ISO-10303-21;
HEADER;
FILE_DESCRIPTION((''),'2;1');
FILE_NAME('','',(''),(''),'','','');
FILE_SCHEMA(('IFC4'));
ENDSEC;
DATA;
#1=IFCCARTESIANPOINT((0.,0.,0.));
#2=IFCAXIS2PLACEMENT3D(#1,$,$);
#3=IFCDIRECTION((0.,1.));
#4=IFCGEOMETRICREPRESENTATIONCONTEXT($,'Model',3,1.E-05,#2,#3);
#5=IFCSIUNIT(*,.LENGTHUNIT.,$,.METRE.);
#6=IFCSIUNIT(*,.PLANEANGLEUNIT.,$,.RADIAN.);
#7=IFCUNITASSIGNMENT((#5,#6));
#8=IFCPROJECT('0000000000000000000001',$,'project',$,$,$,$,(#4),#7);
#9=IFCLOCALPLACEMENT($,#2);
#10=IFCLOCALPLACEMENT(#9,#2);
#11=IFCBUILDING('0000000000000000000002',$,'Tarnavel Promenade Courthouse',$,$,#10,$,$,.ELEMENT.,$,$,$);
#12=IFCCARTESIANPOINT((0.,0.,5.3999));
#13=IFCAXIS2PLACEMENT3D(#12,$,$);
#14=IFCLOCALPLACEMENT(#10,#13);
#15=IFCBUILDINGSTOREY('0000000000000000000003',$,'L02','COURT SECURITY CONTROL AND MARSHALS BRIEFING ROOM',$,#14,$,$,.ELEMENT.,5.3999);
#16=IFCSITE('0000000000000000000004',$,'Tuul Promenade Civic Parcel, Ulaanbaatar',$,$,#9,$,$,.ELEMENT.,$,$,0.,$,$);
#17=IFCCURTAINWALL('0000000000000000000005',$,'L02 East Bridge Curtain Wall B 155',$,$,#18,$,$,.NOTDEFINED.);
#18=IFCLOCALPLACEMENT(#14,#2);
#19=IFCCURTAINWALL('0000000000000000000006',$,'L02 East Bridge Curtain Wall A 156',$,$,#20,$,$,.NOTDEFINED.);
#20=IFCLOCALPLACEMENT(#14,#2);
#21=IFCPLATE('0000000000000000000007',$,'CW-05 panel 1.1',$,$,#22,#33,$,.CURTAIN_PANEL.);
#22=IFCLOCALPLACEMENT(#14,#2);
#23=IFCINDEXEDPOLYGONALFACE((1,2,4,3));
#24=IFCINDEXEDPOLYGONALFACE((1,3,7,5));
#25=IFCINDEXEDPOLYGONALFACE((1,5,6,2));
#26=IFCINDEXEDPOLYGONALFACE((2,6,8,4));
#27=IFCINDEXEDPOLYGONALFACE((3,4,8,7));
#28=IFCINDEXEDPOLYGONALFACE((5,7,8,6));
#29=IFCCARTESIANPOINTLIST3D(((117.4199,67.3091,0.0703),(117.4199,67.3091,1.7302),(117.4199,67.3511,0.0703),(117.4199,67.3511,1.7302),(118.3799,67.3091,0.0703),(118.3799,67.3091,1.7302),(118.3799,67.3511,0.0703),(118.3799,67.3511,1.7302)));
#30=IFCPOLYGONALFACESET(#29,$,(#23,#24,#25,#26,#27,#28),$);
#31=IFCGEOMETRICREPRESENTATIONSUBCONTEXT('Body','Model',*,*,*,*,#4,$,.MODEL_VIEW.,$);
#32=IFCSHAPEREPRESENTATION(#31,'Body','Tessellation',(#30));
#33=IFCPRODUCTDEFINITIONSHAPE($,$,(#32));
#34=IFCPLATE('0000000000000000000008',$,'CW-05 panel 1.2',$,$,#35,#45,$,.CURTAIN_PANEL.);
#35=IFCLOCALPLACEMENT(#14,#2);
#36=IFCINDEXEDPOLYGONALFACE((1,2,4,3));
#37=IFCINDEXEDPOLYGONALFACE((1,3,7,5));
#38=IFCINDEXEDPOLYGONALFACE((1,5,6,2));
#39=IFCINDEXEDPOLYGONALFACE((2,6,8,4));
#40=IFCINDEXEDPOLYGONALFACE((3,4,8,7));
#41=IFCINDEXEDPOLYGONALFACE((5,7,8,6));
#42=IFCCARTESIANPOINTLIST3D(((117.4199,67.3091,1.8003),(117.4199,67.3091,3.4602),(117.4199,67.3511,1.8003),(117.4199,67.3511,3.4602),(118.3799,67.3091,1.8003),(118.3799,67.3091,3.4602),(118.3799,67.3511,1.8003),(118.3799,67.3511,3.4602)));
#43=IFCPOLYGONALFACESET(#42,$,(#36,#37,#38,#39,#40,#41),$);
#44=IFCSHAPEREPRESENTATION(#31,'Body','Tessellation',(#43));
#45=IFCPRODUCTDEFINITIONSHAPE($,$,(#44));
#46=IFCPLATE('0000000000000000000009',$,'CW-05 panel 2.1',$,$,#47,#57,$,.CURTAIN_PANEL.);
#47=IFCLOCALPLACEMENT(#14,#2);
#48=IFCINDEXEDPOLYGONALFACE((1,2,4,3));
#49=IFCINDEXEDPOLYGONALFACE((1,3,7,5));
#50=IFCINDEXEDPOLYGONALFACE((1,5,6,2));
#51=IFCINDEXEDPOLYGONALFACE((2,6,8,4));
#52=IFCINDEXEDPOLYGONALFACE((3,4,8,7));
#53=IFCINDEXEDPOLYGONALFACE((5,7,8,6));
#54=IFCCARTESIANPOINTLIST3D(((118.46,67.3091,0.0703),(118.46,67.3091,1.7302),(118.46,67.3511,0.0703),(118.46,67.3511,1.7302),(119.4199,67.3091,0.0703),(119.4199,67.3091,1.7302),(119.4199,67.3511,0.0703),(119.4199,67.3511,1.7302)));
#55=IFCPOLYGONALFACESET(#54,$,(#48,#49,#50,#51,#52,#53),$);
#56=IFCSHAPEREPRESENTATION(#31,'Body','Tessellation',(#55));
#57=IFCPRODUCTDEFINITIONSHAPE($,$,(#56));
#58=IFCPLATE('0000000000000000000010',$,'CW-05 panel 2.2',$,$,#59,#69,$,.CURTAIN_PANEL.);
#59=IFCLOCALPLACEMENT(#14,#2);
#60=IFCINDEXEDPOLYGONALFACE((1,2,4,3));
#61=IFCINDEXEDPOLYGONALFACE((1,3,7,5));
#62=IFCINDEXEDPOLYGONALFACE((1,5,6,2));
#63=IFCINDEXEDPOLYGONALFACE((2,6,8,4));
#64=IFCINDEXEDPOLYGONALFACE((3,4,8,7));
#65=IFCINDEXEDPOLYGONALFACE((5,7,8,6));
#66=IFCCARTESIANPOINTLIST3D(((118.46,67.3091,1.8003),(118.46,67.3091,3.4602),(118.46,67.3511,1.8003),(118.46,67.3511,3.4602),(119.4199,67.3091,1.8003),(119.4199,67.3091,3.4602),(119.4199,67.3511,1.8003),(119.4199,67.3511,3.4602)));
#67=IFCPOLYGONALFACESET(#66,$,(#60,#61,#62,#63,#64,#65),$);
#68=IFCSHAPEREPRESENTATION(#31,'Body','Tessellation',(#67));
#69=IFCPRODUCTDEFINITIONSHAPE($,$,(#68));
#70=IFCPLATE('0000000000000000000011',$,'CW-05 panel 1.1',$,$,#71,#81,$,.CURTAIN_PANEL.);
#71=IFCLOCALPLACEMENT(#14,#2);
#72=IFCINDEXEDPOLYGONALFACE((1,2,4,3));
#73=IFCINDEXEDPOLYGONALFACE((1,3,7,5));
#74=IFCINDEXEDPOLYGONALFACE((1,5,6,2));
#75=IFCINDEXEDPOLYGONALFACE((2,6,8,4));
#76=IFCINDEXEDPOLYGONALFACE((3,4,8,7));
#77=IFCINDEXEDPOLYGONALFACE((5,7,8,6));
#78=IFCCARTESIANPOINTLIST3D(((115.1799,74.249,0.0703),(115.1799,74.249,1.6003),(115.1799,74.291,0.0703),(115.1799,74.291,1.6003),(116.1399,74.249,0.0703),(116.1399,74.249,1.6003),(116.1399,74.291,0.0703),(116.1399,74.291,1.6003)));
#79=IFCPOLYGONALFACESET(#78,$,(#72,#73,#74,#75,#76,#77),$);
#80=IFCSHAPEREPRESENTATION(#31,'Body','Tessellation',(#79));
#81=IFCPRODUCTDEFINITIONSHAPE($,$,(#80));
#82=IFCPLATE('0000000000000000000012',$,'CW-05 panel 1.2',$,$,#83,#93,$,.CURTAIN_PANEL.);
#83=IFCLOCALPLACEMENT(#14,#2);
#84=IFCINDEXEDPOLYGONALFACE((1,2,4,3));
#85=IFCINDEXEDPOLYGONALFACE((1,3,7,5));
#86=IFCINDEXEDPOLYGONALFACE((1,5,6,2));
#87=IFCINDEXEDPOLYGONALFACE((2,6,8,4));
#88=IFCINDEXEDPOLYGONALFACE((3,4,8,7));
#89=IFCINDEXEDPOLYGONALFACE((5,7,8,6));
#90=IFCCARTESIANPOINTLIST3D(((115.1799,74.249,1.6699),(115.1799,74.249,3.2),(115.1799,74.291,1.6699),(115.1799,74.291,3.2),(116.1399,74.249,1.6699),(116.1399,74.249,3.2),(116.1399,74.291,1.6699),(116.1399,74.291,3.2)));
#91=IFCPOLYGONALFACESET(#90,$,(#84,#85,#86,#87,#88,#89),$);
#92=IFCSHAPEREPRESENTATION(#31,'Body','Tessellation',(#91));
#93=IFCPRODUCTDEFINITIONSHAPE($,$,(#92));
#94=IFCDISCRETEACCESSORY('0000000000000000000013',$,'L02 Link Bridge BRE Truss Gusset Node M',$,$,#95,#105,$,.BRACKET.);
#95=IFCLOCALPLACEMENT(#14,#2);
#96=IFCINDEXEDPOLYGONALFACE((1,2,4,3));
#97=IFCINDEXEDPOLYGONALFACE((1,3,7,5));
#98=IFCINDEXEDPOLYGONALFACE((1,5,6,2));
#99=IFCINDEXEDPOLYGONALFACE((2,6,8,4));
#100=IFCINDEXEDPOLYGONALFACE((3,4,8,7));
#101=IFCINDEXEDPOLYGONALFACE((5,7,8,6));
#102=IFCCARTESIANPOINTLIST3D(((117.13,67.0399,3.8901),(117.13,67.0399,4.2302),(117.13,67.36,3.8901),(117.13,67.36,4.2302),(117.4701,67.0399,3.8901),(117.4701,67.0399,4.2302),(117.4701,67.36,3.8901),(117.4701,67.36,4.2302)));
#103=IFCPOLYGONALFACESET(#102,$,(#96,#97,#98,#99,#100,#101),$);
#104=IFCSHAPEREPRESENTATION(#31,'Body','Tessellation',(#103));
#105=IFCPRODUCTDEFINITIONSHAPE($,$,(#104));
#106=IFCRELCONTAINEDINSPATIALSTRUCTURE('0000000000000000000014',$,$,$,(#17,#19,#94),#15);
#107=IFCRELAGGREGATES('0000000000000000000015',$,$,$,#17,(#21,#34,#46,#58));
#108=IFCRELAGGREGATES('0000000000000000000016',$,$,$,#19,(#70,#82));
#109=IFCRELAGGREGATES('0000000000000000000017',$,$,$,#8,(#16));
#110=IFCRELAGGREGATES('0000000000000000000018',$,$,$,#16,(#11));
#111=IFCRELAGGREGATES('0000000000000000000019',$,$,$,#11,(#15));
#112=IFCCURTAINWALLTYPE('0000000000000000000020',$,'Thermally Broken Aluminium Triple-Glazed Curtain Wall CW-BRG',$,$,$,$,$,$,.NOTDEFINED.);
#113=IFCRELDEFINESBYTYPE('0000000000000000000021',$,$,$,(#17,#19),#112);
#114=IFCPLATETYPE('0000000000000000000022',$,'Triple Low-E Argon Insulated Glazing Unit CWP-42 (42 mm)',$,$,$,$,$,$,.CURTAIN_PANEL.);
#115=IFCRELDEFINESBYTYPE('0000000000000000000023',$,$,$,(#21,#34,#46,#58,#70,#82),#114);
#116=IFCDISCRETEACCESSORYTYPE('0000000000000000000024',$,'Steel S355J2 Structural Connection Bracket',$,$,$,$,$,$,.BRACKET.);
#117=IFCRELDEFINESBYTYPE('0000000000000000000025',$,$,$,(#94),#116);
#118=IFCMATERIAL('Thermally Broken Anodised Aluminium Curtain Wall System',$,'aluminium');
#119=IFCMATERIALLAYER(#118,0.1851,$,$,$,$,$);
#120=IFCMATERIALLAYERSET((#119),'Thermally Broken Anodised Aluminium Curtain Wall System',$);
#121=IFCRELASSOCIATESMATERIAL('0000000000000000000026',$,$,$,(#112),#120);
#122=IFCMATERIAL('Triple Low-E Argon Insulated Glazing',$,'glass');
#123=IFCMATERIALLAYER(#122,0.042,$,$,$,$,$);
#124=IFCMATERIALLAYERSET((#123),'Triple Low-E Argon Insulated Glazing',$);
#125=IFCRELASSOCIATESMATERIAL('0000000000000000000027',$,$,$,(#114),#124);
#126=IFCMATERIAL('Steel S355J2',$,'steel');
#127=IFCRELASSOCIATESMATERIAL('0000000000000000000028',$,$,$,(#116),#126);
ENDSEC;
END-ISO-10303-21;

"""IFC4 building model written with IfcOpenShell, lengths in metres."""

from ifc_helpers import new_model, si_unit, direction, frame, origin, origin_2d, place, context, subcontext, project, spatial, rectangle, extrude, material, layer, layer_set, type_object, element, aggregate, save


model = new_model("IFC4")

# Units and contexts
model_context = context("Model", 3, precision=1e-05, world=origin(), true_north=direction((0.0, 1.0)))
body_context = subcontext(model_context, "Body", "Model", "MODEL_VIEW")
ifc_project = project(units=[si_unit("LENGTHUNIT", "METRE"), si_unit("PLANEANGLEUNIT", "RADIAN")], contexts=[model_context])

# Site, building, storey
site_placement = place(None, origin())
site = spatial("IfcSite", under=ifc_project, at=site_placement, Name="Tuul Promenade Civic Parcel, Ulaanbaatar", CompositionType="ELEMENT", RefElevation=0.0)
building_placement = place(site_placement, origin())
building = spatial("IfcBuilding", under=site, at=building_placement, Name="Tarnavel Promenade Courthouse", CompositionType="ELEMENT")
storey_placement = place(building_placement, frame((0.0, 0.0, 5.3999)))
storey = spatial("IfcBuildingStorey", under=building, at=storey_placement, Name="L02", Description="COURT SECURITY CONTROL AND MARSHALS BRIEFING ROOM", CompositionType="ELEMENT", Elevation=5.3999)

# Shared definitions
ifc_material_1 = material(Name="Steel S355J2", Category="steel")

# Curtain wall
ifc_material_2 = material(Name="Thermally Broken Anodised Aluminium Curtain Wall System", Category="aluminium")
ifc_layer_1 = layer(ifc_material_2, 0.1851)
ifc_layer_set_1 = layer_set([ifc_layer_1], Name="Thermally Broken Anodised Aluminium Curtain Wall System")
curtain_wall_type = type_object("IfcCurtainWallType", Name="Thermally Broken Aluminium Triple-Glazed Curtain Wall CW-BRG", PredefinedType="NOTDEFINED", material=ifc_layer_set_1)
curtain_wall_1_placement = place(storey_placement, origin())
curtain_wall_1 = element("IfcCurtainWall", 1, at=curtain_wall_1_placement, inside=storey, type_object=curtain_wall_type, Name="L02 East Bridge Curtain Wall B 155", PredefinedType="NOTDEFINED")

# Curtain wall
curtain_wall_2_placement = place(storey_placement, origin())
curtain_wall_2 = element("IfcCurtainWall", 2, at=curtain_wall_2_placement, inside=storey, type_object=curtain_wall_type, Name="L02 East Bridge Curtain Wall A 156", PredefinedType="NOTDEFINED")

# Plates
ifc_material_3 = material(Name="Triple Low-E Argon Insulated Glazing", Category="glass")
ifc_layer_2 = layer(ifc_material_3, 0.042)
ifc_layer_set_2 = layer_set([ifc_layer_2], Name="Triple Low-E Argon Insulated Glazing")
plate_type = type_object("IfcPlateType", Name="Triple Low-E Argon Insulated Glazing Unit CWP-42 (42 mm)", PredefinedType="CURTAIN_PANEL", material=ifc_layer_set_2)
plate_1_placement = place(storey_placement, frame((117.8999, 67.3301, 0.0703), z_axis=(0.0, 0.0, 1.0), x_axis=(1.0, 0.0, 0.0)))
plate_1 = element("IfcPlate", 3, at=plate_1_placement, type_object=plate_type, Name="CW-05 panel 1.1", PredefinedType="CURTAIN_PANEL", context=body_context, shape_type="SweptSolid", body=[
    extrude(rectangle(XDim=0.96, YDim=0.042, at=origin_2d()), origin(), (0.0, 0.0, 1.0), 1.6599),
])
plate_2_placement = place(storey_placement, frame((117.8999, 67.3301, 1.8003), z_axis=(0.0, 0.0, 1.0), x_axis=(1.0, 0.0, 0.0)))
plate_2 = element("IfcPlate", 4, at=plate_2_placement, type_object=plate_type, Name="CW-05 panel 1.2", PredefinedType="CURTAIN_PANEL", context=body_context, shape_type="SweptSolid", body=[
    extrude(rectangle(XDim=0.96, YDim=0.042, at=origin_2d()), origin(), (0.0, 0.0, 1.0), 1.6599),
])
plate_3_placement = place(storey_placement, frame((118.9399, 67.3301, 0.0703), z_axis=(0.0, 0.0, 1.0), x_axis=(1.0, 0.0, 0.0)))
plate_3 = element("IfcPlate", 5, at=plate_3_placement, type_object=plate_type, Name="CW-05 panel 2.1", PredefinedType="CURTAIN_PANEL", context=body_context, shape_type="SweptSolid", body=[
    extrude(rectangle(XDim=0.96, YDim=0.042, at=origin_2d()), origin(), (0.0, 0.0, 1.0), 1.6599),
])
plate_4_placement = place(storey_placement, frame((118.9399, 67.3301, 1.8003), z_axis=(0.0, 0.0, 1.0), x_axis=(1.0, 0.0, 0.0)))
plate_4 = element("IfcPlate", 6, at=plate_4_placement, type_object=plate_type, Name="CW-05 panel 2.2", PredefinedType="CURTAIN_PANEL", context=body_context, shape_type="SweptSolid", body=[
    extrude(rectangle(XDim=0.96, YDim=0.042, at=origin_2d()), origin(), (0.0, 0.0, 1.0), 1.6599),
])
aggregate(curtain_wall_1, [plate_1, plate_2, plate_3, plate_4])
plate_5_placement = place(storey_placement, frame((115.6599, 74.27, 0.0703), z_axis=(0.0, 0.0, 1.0), x_axis=(1.0, 0.0, 0.0)))
plate_5 = element("IfcPlate", 7, at=plate_5_placement, type_object=plate_type, Name="CW-05 panel 1.1", PredefinedType="CURTAIN_PANEL", context=body_context, shape_type="SweptSolid", body=[
    extrude(rectangle(XDim=0.96, YDim=0.042, at=origin_2d()), origin(), (0.0, 0.0, 1.0), 1.53),
])
plate_6_placement = place(storey_placement, frame((115.6599, 74.27, 1.6699), z_axis=(0.0, 0.0, 1.0), x_axis=(1.0, 0.0, 0.0)))
plate_6 = element("IfcPlate", 8, at=plate_6_placement, type_object=plate_type, Name="CW-05 panel 1.2", PredefinedType="CURTAIN_PANEL", context=body_context, shape_type="SweptSolid", body=[
    extrude(rectangle(XDim=0.96, YDim=0.042, at=origin_2d()), origin(), (0.0, 0.0, 1.0), 1.53),
])
aggregate(curtain_wall_2, [plate_5, plate_6])

# Discrete accessory
discrete_accessory_type = type_object("IfcDiscreteAccessoryType", Name="Steel S355J2 Structural Connection Bracket", PredefinedType="BRACKET", material=ifc_material_1)
discrete_accessory_placement = place(storey_placement, frame((117.3, 67.2, 3.8901), z_axis=(0.0, 0.0, 1.0), x_axis=(1.0, 0.0, 0.0)))
element("IfcDiscreteAccessory", 9, at=discrete_accessory_placement, inside=storey, type_object=discrete_accessory_type, Name="L02 Link Bridge BRE Truss Gusset Node M", PredefinedType="BRACKET", context=body_context, shape_type="SweptSolid", body=[
    extrude(rectangle(XDim=0.3401, YDim=0.3201, at=origin_2d()), origin(), (0.0, 0.0, 1.0), 0.3401),
])

save(model, "model.ifc")
